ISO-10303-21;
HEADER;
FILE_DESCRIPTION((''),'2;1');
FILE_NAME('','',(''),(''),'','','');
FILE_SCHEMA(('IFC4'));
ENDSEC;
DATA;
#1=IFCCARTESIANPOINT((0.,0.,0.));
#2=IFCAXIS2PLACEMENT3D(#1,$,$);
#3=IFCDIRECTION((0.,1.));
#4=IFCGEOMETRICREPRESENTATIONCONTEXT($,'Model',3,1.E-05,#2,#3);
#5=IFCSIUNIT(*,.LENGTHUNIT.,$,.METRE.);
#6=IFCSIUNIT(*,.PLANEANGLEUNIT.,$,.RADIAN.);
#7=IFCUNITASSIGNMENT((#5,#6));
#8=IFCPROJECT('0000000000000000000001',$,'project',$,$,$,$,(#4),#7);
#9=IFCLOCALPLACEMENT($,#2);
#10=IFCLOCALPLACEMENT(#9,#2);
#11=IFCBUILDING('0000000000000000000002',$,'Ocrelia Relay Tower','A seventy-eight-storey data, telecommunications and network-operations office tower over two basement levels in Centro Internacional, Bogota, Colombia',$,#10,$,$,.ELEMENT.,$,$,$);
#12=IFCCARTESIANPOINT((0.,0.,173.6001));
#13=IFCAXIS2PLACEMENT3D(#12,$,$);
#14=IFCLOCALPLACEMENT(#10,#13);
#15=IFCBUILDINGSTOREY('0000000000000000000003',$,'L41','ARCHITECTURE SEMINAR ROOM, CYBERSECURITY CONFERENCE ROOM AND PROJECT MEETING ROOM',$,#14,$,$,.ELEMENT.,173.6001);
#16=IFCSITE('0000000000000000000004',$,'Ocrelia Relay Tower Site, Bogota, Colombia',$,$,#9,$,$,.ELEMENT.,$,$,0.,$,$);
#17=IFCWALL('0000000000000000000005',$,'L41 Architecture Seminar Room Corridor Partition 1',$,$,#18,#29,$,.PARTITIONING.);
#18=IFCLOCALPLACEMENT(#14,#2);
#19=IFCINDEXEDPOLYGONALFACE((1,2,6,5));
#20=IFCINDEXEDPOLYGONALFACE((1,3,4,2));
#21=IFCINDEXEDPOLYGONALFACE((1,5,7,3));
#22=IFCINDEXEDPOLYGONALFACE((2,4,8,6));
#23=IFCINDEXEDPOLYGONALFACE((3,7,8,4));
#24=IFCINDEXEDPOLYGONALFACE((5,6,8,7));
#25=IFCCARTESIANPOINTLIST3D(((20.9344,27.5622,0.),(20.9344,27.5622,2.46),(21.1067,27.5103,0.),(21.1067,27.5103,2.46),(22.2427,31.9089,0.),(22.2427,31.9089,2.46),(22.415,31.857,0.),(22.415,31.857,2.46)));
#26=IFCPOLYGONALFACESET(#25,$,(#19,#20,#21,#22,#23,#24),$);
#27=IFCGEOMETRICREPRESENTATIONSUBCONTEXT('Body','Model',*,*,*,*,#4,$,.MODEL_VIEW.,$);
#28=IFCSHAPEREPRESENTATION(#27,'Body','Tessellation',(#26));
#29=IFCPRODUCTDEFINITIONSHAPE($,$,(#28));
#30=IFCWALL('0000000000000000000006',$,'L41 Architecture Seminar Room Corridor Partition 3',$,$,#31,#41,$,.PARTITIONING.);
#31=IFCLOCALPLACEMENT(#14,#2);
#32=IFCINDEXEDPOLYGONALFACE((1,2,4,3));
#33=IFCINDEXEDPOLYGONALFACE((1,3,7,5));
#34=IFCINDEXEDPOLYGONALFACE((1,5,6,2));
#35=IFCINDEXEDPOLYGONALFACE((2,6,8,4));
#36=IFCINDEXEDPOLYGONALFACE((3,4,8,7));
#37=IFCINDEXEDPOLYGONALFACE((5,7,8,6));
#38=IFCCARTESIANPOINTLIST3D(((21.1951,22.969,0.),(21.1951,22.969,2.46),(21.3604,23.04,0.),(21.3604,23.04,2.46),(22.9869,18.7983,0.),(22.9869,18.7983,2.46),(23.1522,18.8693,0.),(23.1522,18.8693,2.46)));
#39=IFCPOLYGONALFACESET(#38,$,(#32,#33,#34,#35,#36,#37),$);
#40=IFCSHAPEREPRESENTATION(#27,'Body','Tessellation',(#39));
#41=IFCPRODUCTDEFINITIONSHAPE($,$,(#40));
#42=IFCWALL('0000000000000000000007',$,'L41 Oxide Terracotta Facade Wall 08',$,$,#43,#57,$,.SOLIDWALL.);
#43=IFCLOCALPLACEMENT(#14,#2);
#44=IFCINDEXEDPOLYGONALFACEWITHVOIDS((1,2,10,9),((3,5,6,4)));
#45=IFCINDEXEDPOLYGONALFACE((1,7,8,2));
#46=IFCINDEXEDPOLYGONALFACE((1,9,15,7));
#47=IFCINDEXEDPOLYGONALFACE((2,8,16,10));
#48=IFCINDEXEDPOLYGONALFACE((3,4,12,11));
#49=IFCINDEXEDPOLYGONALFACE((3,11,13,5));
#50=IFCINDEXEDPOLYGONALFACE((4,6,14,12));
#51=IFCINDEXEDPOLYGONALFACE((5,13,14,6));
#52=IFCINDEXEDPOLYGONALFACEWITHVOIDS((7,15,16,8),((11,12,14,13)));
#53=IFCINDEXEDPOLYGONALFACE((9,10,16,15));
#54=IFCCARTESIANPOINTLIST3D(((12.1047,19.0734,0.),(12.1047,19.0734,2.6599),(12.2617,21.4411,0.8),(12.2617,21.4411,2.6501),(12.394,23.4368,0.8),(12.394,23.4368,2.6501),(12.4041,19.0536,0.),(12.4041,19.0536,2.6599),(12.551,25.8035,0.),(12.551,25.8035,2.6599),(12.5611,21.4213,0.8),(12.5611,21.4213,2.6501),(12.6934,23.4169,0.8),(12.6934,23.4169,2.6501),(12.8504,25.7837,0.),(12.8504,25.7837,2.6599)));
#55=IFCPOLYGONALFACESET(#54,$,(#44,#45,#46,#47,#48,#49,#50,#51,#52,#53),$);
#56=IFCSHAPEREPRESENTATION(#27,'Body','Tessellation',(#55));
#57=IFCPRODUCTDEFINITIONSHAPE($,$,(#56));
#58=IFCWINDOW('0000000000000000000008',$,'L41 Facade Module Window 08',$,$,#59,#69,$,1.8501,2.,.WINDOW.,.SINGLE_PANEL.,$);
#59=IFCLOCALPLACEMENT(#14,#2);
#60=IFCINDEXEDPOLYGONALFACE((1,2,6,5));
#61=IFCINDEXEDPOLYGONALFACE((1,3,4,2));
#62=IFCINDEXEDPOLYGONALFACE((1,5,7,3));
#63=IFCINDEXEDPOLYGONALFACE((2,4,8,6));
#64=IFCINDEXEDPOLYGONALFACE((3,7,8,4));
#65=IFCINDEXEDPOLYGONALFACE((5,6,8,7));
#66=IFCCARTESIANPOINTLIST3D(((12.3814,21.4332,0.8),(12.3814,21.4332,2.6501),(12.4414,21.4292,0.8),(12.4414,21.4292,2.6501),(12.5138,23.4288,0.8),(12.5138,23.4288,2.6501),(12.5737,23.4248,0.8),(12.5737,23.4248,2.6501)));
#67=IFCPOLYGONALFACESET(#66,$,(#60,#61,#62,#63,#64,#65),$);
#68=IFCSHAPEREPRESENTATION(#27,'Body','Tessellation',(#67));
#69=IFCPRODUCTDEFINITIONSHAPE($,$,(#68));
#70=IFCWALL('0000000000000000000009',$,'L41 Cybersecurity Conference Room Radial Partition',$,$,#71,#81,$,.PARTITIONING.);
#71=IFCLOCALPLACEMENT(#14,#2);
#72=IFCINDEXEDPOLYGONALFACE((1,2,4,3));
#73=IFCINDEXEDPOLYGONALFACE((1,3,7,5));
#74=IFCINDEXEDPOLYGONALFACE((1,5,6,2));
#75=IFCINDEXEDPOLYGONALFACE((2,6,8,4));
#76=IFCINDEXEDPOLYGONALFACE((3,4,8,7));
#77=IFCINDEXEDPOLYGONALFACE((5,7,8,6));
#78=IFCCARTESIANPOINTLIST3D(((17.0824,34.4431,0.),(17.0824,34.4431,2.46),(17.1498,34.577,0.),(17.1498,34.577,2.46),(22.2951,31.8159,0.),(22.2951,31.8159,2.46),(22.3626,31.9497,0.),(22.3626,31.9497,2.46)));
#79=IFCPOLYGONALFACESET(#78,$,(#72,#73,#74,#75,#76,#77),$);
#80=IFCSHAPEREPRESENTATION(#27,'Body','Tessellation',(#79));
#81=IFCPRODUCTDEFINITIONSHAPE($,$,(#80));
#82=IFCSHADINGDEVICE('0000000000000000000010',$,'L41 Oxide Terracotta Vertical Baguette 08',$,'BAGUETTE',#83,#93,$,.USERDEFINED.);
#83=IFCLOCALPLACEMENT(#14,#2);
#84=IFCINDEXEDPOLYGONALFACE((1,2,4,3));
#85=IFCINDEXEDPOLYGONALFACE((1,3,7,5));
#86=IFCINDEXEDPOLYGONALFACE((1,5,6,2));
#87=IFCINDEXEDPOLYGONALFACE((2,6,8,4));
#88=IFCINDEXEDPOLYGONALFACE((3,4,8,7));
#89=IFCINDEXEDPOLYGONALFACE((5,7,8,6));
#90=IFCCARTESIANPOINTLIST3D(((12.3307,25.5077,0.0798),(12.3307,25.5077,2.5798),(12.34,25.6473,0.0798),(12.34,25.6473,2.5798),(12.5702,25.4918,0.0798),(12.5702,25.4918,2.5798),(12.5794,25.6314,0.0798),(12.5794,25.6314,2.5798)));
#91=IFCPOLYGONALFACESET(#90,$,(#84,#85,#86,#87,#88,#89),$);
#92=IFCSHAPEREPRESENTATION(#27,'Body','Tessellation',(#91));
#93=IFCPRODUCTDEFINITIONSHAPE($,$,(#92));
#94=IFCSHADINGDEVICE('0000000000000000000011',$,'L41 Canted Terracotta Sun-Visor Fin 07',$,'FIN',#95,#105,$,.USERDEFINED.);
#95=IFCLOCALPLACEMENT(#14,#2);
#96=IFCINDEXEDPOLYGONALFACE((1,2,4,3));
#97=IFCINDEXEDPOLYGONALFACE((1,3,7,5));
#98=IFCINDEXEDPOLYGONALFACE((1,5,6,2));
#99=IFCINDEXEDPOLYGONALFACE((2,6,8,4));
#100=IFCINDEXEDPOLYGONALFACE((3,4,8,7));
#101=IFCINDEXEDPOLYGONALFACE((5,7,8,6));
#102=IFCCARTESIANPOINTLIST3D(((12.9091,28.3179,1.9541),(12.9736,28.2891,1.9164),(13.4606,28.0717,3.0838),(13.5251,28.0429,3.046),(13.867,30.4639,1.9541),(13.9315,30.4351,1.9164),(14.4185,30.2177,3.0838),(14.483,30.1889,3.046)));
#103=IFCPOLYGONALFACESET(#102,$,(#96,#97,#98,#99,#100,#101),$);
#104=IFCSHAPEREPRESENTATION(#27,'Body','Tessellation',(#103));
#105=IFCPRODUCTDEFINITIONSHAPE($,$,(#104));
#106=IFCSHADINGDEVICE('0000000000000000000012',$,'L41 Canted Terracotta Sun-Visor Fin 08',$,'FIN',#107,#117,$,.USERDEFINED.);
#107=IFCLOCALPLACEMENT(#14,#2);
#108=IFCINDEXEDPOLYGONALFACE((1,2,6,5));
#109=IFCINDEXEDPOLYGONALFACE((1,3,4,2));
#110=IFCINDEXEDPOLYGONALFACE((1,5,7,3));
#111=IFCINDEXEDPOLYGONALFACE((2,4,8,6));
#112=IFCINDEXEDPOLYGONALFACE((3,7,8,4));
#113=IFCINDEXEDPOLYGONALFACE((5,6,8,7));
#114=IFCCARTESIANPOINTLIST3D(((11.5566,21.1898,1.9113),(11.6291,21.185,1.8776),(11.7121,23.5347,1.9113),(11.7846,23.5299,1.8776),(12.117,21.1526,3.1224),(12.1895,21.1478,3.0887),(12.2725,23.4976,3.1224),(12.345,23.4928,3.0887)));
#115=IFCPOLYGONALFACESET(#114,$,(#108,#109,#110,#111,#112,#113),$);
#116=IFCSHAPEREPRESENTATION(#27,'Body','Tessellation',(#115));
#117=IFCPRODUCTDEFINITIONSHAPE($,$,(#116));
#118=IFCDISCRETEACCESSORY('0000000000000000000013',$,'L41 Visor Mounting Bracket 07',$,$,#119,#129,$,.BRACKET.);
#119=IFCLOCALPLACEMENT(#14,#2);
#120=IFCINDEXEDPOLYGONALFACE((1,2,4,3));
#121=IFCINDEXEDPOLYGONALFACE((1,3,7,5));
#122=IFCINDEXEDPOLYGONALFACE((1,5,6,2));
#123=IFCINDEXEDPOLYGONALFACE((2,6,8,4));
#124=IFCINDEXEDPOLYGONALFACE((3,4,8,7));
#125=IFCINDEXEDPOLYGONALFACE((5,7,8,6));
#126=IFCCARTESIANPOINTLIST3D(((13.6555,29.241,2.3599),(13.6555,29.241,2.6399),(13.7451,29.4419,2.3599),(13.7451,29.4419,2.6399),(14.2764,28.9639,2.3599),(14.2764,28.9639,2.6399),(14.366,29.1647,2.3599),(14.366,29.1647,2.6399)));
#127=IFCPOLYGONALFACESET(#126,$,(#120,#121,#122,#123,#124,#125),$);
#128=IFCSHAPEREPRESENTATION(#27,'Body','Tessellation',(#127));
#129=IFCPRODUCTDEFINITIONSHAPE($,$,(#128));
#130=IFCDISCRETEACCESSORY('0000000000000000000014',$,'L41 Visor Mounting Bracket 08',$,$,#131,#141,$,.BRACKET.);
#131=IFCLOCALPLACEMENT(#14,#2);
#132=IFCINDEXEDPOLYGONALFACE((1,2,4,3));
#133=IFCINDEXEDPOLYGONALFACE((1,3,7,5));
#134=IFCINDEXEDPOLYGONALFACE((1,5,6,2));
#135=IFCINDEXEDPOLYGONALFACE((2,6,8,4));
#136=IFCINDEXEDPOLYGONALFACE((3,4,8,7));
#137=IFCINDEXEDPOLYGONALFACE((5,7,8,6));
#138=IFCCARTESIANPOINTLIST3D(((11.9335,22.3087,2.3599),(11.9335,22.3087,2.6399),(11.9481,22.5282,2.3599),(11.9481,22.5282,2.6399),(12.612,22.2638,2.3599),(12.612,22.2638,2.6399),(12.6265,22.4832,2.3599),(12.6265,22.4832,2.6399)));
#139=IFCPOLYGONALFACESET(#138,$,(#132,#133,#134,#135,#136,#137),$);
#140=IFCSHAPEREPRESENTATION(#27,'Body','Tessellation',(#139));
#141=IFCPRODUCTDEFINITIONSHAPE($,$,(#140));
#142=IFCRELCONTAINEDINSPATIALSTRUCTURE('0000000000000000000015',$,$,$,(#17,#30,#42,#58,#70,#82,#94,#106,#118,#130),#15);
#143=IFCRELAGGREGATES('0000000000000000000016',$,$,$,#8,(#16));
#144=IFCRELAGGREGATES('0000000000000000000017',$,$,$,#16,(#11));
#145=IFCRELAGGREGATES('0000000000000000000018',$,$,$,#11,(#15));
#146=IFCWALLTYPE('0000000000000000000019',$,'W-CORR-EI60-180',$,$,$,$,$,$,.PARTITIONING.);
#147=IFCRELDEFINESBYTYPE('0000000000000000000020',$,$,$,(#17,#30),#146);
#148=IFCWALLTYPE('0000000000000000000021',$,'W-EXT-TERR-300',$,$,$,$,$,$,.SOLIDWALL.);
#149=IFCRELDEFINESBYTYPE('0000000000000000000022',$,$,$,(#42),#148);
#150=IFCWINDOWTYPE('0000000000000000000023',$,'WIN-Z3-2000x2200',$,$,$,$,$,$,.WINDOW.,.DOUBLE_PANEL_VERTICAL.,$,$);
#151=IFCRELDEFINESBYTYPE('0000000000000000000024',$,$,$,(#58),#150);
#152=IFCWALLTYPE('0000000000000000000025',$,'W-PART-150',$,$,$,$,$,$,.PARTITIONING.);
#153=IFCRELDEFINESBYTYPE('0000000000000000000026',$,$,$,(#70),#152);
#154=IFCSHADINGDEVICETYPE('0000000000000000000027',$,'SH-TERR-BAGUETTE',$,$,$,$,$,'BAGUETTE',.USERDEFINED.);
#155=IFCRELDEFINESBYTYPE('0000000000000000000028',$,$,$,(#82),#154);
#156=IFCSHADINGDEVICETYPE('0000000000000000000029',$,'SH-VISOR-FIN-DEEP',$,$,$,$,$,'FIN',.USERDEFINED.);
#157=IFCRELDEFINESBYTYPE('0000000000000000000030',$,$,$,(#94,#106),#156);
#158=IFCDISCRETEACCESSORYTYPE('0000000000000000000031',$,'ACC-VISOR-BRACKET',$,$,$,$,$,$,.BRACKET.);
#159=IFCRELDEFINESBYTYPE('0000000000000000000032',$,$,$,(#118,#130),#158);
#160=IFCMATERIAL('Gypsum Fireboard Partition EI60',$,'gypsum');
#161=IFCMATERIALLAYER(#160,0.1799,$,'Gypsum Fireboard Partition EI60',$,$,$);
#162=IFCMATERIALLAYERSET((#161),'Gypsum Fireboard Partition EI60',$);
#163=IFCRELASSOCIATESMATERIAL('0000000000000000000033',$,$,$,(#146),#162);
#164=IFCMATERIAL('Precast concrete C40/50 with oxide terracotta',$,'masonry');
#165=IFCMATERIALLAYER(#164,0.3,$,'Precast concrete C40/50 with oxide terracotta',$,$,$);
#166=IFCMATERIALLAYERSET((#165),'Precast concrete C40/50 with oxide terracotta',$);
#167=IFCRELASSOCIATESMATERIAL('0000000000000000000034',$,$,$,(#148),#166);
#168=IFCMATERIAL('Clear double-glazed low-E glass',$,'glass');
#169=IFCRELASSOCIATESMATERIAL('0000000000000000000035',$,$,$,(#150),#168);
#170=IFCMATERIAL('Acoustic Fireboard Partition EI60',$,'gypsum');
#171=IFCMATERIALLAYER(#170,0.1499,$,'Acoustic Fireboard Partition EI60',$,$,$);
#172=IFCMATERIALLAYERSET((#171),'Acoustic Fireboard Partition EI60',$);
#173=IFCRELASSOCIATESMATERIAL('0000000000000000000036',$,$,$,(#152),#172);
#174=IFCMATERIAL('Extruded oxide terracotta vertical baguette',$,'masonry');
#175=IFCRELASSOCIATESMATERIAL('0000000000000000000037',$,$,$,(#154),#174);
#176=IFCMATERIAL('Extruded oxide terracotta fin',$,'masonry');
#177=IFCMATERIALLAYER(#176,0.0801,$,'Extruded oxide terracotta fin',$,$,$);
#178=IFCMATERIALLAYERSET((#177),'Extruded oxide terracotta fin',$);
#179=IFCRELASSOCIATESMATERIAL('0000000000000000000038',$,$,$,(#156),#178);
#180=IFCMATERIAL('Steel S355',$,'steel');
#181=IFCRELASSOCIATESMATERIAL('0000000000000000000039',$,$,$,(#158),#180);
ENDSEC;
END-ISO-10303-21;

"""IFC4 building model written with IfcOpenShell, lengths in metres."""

from ifc_helpers import new_model, si_unit, direction, frame, frame_2d, origin, origin_2d, place, context, subcontext, project, spatial, rectangle, extrude, material, layer, layer_set, type_object, element, fill, save


model = new_model("IFC4")

# Units and contexts
model_context = context("Model", 3, precision=1e-05, world=origin(), true_north=direction((0.0, 1.0)))
body_context = subcontext(model_context, "Body", "Model", "MODEL_VIEW")
ifc_project = project(units=[si_unit("LENGTHUNIT", "METRE"), si_unit("PLANEANGLEUNIT", "RADIAN")], contexts=[model_context])

# Site, building, storey
site_placement = place(None, origin())
site = spatial("IfcSite", under=ifc_project, at=site_placement, Name="Ocrelia Relay Tower Site, Bogota, Colombia", CompositionType="ELEMENT", RefElevation=0.0)
building_placement = place(site_placement, origin())
building = spatial("IfcBuilding", under=site, at=building_placement, Name="Ocrelia Relay Tower", Description="A seventy-eight-storey data, telecommunications and network-operations office tower over two basement levels in Centro Internacional, Bogota, Colombia", CompositionType="ELEMENT")
storey_placement = place(building_placement, frame((0.0, 0.0, 173.6001)))
storey = spatial("IfcBuildingStorey", under=building, at=storey_placement, Name="L41", Description="ARCHITECTURE SEMINAR ROOM, CYBERSECURITY CONFERENCE ROOM AND PROJECT MEETING ROOM", CompositionType="ELEMENT", Elevation=173.6001)

# Shared definitions
ifc_material_1 = material(Name="Steel S355", Category="steel")

# Wall
ifc_material_2 = material(Name="Gypsum Fireboard Partition EI60", Category="gypsum")
ifc_layer_1 = layer(ifc_material_2, 0.1799, Name="Gypsum Fireboard Partition EI60")
ifc_layer_set_1 = layer_set([ifc_layer_1], Name="Gypsum Fireboard Partition EI60")
wall_type_1 = type_object("IfcWallType", Name="W-CORR-EI60-180", PredefinedType="PARTITIONING", material=ifc_layer_set_1)
wall_1_placement = place(storey_placement, frame((22.3289, 31.8828, 0.0), z_axis=(0.0, 0.0, 1.0), x_axis=(-0.288226, -0.957562, 0.0)))
element("IfcWall", 1, at=wall_1_placement, inside=storey, type_object=wall_type_1, Name="L41 Architecture Seminar Room Corridor Partition 1", PredefinedType="PARTITIONING", context=body_context, shape_type="SweptSolid", body=[
    extrude(rectangle(XDim=4.5393, YDim=0.1799, at=frame_2d((2.2695, 0.0))), origin(), (0.0, 0.0, 1.0), 2.46),
])

# Wall
wall_2_placement = place(storey_placement, frame((21.2778, 23.0044, 0.0), z_axis=(0.0, 0.0, 1.0), x_axis=(0.394724, -0.9188, 0.0)))
element("IfcWall", 2, at=wall_2_placement, inside=storey, type_object=wall_type_1, Name="L41 Architecture Seminar Room Corridor Partition 3", PredefinedType="PARTITIONING", context=body_context, shape_type="SweptSolid", body=[
    extrude(rectangle(XDim=4.5393, YDim=0.1799, at=frame_2d((2.2695, 0.0))), origin(), (0.0, 0.0, 1.0), 2.46),
])

# Wall, opening, window
ifc_material_3 = material(Name="Precast concrete C40/50 with oxide terracotta", Category="masonry")
ifc_layer_2 = layer(ifc_material_3, 0.3, Name="Precast concrete C40/50 with oxide terracotta")
ifc_layer_set_2 = layer_set([ifc_layer_2], Name="Precast concrete C40/50 with oxide terracotta")
wall_type_2 = type_object("IfcWallType", Name="W-EXT-TERR-300", PredefinedType="SOLIDWALL", material=ifc_layer_set_2)
wall_3_placement = place(storey_placement, frame((12.7007, 25.7937, 0.0), z_axis=(0.0, 0.0, 1.0), x_axis=(-0.066168, -0.997808, 0.0)))
wall_3 = element("IfcWall", 3, at=wall_3_placement, inside=storey, type_object=wall_type_2, Name="L41 Oxide Terracotta Facade Wall 08", PredefinedType="SOLIDWALL", context=body_context, shape_type="SweptSolid", body=[
    extrude(rectangle(XDim=6.7449, YDim=0.3, at=frame_2d((3.3726, 0.0))), origin(), (0.0, 0.0, 1.0), 2.6599),
])
opening_1_placement = place(wall_3_placement, frame((2.3721, 0.0, 0.8)))
opening_1 = element("IfcOpeningElement", 4, at=opening_1_placement, cuts=wall_3, PredefinedType="OPENING", context=body_context, shape_type="SweptSolid", body=[
    extrude(rectangle(XDim=2.0, YDim=1.8501, at=frame_2d((1.0, 0.925))), frame((0.0, 0.1602, 0.0), z_axis=(0.0, -1.0, 0.0), x_axis=(1.0, 0.0, 0.0)), (0.0, 0.0, 1.0), 0.3201),
])
ifc_material_4 = material(Name="Clear double-glazed low-E glass", Category="glass")
window_type = type_object("IfcWindowType", Name="WIN-Z3-2000x2200", PartitioningType="DOUBLE_PANEL_VERTICAL", PredefinedType="WINDOW", material=ifc_material_4)
window_placement = place(opening_1_placement, origin())
window = element("IfcWindow", 5, at=window_placement, inside=storey, type_object=window_type, Name="L41 Facade Module Window 08", OverallHeight=1.8501, OverallWidth=2.0, PartitioningType="SINGLE_PANEL", PredefinedType="WINDOW", context=body_context, shape_type="SweptSolid", body=[
    extrude(rectangle(XDim=2.0, YDim=1.8501, at=frame_2d((1.0, 0.925))), frame((0.0, 0.03, 0.0), z_axis=(0.0, -1.0, 0.0), x_axis=(1.0, 0.0, 0.0)), (0.0, 0.0, 1.0), 0.0601),
])
fill(opening_1, window)

# Wall
ifc_material_5 = material(Name="Acoustic Fireboard Partition EI60", Category="gypsum")
ifc_layer_3 = layer(ifc_material_5, 0.1499, Name="Acoustic Fireboard Partition EI60")
ifc_layer_set_3 = layer_set([ifc_layer_3], Name="Acoustic Fireboard Partition EI60")
wall_type_3 = type_object("IfcWallType", Name="W-PART-150", PredefinedType="PARTITIONING", material=ifc_layer_set_3)
wall_4_placement = place(storey_placement, frame((22.3289, 31.8828, 0.0), z_axis=(0.0, 0.0, 1.0), x_axis=(-0.892992, 0.450072, 0.0)))
element("IfcWall", 6, at=wall_4_placement, inside=storey, type_object=wall_type_3, Name="L41 Cybersecurity Conference Room Radial Partition", PredefinedType="PARTITIONING", context=body_context, shape_type="SweptSolid", body=[
    extrude(rectangle(XDim=5.8374, YDim=0.1499, at=frame_2d((2.9187, 0.0))), origin(), (0.0, 0.0, 1.0), 2.46),
])

# Shading devices
ifc_material_6 = material(Name="Extruded oxide terracotta vertical baguette", Category="masonry")
shading_device_type_1 = type_object("IfcShadingDeviceType", Name="SH-TERR-BAGUETTE", ElementType="BAGUETTE", PredefinedType="USERDEFINED", material=ifc_material_6)
shading_device_1_placement = place(storey_placement, frame((12.4551, 25.5696, 0.0798), z_axis=(0.0, 0.0, 1.0), x_axis=(-0.066168, -0.997809, 0.0)))
element("IfcShadingDevice", 7, at=shading_device_1_placement, inside=storey, type_object=shading_device_type_1, Name="L41 Oxide Terracotta Vertical Baguette 08", ObjectType="BAGUETTE", PredefinedType="USERDEFINED", context=body_context, shape_type="SweptSolid", body=[
    extrude(rectangle(XDim=0.1399, YDim=0.24, at=origin_2d()), origin(), (0.0, 0.0, 1.0), 2.5),
])
ifc_material_7 = material(Name="Extruded oxide terracotta fin", Category="masonry")
ifc_layer_4 = layer(ifc_material_7, 0.0801, Name="Extruded oxide terracotta fin")
ifc_layer_set_4 = layer_set([ifc_layer_4], Name="Extruded oxide terracotta fin")
shading_device_type_2 = type_object("IfcShadingDeviceType", Name="SH-VISOR-FIN-DEEP", ElementType="FIN", PredefinedType="USERDEFINED", material=ifc_layer_set_4)
shading_device_2_placement = place(storey_placement, frame((13.7283, 29.239, 2.4812), z_axis=(-0.805297, 0.359458, 0.471474), x_axis=(-0.407604, -0.913159, 0.0)))
element("IfcShadingDevice", 8, at=shading_device_2_placement, inside=storey, type_object=shading_device_type_2, Name="L41 Canted Terracotta Sun-Visor Fin 07", ObjectType="FIN", PredefinedType="USERDEFINED", context=body_context, shape_type="SweptSolid", body=[
    extrude(rectangle(XDim=2.3501, YDim=1.281, at=origin_2d()), origin(), (0.0, 0.0, 1.0), 0.0801),
])
shading_device_3_placement = place(storey_placement, frame((11.9871, 22.3389, 2.4832), z_axis=(-0.905203, 0.060027, 0.420719), x_axis=(-0.066168, -0.997809, 0.0)))
element("IfcShadingDevice", 9, at=shading_device_3_placement, inside=storey, type_object=shading_device_type_2, Name="L41 Canted Terracotta Sun-Visor Fin 08", ObjectType="FIN", PredefinedType="USERDEFINED", context=body_context, shape_type="SweptSolid", body=[
    extrude(rectangle(XDim=2.3501, YDim=1.335, at=origin_2d()), origin(), (0.0, 0.0, 1.0), 0.0801),
])

# Discrete accessories
discrete_accessory_type = type_object("IfcDiscreteAccessoryType", Name="ACC-VISOR-BRACKET", PredefinedType="BRACKET", material=ifc_material_1)
for number, where, z_axis, x_axis, name in (
    (10, (14.0107, 29.2029, 2.3599), (0.0, 0.0, 1.0), (-0.407604, -0.913159, 0.0), "L41 Visor Mounting Bracket 07"),
    (11, (12.28, 22.396, 2.3599), (0.0, 0.0, 1.0), (-0.066168, -0.997809, 0.0), "L41 Visor Mounting Bracket 08"),
):
    element("IfcDiscreteAccessory", number, at=place(storey_placement, frame(where, z_axis=z_axis, x_axis=x_axis)), inside=storey, type_object=discrete_accessory_type, Name=name, PredefinedType="BRACKET", context=body_context, shape_type="SweptSolid", body=[
        extrude(rectangle(XDim=0.22, YDim=0.6799, at=origin_2d()), origin(), (0.0, 0.0, 1.0), 0.28),
    ])

save(model, "model.ifc")
